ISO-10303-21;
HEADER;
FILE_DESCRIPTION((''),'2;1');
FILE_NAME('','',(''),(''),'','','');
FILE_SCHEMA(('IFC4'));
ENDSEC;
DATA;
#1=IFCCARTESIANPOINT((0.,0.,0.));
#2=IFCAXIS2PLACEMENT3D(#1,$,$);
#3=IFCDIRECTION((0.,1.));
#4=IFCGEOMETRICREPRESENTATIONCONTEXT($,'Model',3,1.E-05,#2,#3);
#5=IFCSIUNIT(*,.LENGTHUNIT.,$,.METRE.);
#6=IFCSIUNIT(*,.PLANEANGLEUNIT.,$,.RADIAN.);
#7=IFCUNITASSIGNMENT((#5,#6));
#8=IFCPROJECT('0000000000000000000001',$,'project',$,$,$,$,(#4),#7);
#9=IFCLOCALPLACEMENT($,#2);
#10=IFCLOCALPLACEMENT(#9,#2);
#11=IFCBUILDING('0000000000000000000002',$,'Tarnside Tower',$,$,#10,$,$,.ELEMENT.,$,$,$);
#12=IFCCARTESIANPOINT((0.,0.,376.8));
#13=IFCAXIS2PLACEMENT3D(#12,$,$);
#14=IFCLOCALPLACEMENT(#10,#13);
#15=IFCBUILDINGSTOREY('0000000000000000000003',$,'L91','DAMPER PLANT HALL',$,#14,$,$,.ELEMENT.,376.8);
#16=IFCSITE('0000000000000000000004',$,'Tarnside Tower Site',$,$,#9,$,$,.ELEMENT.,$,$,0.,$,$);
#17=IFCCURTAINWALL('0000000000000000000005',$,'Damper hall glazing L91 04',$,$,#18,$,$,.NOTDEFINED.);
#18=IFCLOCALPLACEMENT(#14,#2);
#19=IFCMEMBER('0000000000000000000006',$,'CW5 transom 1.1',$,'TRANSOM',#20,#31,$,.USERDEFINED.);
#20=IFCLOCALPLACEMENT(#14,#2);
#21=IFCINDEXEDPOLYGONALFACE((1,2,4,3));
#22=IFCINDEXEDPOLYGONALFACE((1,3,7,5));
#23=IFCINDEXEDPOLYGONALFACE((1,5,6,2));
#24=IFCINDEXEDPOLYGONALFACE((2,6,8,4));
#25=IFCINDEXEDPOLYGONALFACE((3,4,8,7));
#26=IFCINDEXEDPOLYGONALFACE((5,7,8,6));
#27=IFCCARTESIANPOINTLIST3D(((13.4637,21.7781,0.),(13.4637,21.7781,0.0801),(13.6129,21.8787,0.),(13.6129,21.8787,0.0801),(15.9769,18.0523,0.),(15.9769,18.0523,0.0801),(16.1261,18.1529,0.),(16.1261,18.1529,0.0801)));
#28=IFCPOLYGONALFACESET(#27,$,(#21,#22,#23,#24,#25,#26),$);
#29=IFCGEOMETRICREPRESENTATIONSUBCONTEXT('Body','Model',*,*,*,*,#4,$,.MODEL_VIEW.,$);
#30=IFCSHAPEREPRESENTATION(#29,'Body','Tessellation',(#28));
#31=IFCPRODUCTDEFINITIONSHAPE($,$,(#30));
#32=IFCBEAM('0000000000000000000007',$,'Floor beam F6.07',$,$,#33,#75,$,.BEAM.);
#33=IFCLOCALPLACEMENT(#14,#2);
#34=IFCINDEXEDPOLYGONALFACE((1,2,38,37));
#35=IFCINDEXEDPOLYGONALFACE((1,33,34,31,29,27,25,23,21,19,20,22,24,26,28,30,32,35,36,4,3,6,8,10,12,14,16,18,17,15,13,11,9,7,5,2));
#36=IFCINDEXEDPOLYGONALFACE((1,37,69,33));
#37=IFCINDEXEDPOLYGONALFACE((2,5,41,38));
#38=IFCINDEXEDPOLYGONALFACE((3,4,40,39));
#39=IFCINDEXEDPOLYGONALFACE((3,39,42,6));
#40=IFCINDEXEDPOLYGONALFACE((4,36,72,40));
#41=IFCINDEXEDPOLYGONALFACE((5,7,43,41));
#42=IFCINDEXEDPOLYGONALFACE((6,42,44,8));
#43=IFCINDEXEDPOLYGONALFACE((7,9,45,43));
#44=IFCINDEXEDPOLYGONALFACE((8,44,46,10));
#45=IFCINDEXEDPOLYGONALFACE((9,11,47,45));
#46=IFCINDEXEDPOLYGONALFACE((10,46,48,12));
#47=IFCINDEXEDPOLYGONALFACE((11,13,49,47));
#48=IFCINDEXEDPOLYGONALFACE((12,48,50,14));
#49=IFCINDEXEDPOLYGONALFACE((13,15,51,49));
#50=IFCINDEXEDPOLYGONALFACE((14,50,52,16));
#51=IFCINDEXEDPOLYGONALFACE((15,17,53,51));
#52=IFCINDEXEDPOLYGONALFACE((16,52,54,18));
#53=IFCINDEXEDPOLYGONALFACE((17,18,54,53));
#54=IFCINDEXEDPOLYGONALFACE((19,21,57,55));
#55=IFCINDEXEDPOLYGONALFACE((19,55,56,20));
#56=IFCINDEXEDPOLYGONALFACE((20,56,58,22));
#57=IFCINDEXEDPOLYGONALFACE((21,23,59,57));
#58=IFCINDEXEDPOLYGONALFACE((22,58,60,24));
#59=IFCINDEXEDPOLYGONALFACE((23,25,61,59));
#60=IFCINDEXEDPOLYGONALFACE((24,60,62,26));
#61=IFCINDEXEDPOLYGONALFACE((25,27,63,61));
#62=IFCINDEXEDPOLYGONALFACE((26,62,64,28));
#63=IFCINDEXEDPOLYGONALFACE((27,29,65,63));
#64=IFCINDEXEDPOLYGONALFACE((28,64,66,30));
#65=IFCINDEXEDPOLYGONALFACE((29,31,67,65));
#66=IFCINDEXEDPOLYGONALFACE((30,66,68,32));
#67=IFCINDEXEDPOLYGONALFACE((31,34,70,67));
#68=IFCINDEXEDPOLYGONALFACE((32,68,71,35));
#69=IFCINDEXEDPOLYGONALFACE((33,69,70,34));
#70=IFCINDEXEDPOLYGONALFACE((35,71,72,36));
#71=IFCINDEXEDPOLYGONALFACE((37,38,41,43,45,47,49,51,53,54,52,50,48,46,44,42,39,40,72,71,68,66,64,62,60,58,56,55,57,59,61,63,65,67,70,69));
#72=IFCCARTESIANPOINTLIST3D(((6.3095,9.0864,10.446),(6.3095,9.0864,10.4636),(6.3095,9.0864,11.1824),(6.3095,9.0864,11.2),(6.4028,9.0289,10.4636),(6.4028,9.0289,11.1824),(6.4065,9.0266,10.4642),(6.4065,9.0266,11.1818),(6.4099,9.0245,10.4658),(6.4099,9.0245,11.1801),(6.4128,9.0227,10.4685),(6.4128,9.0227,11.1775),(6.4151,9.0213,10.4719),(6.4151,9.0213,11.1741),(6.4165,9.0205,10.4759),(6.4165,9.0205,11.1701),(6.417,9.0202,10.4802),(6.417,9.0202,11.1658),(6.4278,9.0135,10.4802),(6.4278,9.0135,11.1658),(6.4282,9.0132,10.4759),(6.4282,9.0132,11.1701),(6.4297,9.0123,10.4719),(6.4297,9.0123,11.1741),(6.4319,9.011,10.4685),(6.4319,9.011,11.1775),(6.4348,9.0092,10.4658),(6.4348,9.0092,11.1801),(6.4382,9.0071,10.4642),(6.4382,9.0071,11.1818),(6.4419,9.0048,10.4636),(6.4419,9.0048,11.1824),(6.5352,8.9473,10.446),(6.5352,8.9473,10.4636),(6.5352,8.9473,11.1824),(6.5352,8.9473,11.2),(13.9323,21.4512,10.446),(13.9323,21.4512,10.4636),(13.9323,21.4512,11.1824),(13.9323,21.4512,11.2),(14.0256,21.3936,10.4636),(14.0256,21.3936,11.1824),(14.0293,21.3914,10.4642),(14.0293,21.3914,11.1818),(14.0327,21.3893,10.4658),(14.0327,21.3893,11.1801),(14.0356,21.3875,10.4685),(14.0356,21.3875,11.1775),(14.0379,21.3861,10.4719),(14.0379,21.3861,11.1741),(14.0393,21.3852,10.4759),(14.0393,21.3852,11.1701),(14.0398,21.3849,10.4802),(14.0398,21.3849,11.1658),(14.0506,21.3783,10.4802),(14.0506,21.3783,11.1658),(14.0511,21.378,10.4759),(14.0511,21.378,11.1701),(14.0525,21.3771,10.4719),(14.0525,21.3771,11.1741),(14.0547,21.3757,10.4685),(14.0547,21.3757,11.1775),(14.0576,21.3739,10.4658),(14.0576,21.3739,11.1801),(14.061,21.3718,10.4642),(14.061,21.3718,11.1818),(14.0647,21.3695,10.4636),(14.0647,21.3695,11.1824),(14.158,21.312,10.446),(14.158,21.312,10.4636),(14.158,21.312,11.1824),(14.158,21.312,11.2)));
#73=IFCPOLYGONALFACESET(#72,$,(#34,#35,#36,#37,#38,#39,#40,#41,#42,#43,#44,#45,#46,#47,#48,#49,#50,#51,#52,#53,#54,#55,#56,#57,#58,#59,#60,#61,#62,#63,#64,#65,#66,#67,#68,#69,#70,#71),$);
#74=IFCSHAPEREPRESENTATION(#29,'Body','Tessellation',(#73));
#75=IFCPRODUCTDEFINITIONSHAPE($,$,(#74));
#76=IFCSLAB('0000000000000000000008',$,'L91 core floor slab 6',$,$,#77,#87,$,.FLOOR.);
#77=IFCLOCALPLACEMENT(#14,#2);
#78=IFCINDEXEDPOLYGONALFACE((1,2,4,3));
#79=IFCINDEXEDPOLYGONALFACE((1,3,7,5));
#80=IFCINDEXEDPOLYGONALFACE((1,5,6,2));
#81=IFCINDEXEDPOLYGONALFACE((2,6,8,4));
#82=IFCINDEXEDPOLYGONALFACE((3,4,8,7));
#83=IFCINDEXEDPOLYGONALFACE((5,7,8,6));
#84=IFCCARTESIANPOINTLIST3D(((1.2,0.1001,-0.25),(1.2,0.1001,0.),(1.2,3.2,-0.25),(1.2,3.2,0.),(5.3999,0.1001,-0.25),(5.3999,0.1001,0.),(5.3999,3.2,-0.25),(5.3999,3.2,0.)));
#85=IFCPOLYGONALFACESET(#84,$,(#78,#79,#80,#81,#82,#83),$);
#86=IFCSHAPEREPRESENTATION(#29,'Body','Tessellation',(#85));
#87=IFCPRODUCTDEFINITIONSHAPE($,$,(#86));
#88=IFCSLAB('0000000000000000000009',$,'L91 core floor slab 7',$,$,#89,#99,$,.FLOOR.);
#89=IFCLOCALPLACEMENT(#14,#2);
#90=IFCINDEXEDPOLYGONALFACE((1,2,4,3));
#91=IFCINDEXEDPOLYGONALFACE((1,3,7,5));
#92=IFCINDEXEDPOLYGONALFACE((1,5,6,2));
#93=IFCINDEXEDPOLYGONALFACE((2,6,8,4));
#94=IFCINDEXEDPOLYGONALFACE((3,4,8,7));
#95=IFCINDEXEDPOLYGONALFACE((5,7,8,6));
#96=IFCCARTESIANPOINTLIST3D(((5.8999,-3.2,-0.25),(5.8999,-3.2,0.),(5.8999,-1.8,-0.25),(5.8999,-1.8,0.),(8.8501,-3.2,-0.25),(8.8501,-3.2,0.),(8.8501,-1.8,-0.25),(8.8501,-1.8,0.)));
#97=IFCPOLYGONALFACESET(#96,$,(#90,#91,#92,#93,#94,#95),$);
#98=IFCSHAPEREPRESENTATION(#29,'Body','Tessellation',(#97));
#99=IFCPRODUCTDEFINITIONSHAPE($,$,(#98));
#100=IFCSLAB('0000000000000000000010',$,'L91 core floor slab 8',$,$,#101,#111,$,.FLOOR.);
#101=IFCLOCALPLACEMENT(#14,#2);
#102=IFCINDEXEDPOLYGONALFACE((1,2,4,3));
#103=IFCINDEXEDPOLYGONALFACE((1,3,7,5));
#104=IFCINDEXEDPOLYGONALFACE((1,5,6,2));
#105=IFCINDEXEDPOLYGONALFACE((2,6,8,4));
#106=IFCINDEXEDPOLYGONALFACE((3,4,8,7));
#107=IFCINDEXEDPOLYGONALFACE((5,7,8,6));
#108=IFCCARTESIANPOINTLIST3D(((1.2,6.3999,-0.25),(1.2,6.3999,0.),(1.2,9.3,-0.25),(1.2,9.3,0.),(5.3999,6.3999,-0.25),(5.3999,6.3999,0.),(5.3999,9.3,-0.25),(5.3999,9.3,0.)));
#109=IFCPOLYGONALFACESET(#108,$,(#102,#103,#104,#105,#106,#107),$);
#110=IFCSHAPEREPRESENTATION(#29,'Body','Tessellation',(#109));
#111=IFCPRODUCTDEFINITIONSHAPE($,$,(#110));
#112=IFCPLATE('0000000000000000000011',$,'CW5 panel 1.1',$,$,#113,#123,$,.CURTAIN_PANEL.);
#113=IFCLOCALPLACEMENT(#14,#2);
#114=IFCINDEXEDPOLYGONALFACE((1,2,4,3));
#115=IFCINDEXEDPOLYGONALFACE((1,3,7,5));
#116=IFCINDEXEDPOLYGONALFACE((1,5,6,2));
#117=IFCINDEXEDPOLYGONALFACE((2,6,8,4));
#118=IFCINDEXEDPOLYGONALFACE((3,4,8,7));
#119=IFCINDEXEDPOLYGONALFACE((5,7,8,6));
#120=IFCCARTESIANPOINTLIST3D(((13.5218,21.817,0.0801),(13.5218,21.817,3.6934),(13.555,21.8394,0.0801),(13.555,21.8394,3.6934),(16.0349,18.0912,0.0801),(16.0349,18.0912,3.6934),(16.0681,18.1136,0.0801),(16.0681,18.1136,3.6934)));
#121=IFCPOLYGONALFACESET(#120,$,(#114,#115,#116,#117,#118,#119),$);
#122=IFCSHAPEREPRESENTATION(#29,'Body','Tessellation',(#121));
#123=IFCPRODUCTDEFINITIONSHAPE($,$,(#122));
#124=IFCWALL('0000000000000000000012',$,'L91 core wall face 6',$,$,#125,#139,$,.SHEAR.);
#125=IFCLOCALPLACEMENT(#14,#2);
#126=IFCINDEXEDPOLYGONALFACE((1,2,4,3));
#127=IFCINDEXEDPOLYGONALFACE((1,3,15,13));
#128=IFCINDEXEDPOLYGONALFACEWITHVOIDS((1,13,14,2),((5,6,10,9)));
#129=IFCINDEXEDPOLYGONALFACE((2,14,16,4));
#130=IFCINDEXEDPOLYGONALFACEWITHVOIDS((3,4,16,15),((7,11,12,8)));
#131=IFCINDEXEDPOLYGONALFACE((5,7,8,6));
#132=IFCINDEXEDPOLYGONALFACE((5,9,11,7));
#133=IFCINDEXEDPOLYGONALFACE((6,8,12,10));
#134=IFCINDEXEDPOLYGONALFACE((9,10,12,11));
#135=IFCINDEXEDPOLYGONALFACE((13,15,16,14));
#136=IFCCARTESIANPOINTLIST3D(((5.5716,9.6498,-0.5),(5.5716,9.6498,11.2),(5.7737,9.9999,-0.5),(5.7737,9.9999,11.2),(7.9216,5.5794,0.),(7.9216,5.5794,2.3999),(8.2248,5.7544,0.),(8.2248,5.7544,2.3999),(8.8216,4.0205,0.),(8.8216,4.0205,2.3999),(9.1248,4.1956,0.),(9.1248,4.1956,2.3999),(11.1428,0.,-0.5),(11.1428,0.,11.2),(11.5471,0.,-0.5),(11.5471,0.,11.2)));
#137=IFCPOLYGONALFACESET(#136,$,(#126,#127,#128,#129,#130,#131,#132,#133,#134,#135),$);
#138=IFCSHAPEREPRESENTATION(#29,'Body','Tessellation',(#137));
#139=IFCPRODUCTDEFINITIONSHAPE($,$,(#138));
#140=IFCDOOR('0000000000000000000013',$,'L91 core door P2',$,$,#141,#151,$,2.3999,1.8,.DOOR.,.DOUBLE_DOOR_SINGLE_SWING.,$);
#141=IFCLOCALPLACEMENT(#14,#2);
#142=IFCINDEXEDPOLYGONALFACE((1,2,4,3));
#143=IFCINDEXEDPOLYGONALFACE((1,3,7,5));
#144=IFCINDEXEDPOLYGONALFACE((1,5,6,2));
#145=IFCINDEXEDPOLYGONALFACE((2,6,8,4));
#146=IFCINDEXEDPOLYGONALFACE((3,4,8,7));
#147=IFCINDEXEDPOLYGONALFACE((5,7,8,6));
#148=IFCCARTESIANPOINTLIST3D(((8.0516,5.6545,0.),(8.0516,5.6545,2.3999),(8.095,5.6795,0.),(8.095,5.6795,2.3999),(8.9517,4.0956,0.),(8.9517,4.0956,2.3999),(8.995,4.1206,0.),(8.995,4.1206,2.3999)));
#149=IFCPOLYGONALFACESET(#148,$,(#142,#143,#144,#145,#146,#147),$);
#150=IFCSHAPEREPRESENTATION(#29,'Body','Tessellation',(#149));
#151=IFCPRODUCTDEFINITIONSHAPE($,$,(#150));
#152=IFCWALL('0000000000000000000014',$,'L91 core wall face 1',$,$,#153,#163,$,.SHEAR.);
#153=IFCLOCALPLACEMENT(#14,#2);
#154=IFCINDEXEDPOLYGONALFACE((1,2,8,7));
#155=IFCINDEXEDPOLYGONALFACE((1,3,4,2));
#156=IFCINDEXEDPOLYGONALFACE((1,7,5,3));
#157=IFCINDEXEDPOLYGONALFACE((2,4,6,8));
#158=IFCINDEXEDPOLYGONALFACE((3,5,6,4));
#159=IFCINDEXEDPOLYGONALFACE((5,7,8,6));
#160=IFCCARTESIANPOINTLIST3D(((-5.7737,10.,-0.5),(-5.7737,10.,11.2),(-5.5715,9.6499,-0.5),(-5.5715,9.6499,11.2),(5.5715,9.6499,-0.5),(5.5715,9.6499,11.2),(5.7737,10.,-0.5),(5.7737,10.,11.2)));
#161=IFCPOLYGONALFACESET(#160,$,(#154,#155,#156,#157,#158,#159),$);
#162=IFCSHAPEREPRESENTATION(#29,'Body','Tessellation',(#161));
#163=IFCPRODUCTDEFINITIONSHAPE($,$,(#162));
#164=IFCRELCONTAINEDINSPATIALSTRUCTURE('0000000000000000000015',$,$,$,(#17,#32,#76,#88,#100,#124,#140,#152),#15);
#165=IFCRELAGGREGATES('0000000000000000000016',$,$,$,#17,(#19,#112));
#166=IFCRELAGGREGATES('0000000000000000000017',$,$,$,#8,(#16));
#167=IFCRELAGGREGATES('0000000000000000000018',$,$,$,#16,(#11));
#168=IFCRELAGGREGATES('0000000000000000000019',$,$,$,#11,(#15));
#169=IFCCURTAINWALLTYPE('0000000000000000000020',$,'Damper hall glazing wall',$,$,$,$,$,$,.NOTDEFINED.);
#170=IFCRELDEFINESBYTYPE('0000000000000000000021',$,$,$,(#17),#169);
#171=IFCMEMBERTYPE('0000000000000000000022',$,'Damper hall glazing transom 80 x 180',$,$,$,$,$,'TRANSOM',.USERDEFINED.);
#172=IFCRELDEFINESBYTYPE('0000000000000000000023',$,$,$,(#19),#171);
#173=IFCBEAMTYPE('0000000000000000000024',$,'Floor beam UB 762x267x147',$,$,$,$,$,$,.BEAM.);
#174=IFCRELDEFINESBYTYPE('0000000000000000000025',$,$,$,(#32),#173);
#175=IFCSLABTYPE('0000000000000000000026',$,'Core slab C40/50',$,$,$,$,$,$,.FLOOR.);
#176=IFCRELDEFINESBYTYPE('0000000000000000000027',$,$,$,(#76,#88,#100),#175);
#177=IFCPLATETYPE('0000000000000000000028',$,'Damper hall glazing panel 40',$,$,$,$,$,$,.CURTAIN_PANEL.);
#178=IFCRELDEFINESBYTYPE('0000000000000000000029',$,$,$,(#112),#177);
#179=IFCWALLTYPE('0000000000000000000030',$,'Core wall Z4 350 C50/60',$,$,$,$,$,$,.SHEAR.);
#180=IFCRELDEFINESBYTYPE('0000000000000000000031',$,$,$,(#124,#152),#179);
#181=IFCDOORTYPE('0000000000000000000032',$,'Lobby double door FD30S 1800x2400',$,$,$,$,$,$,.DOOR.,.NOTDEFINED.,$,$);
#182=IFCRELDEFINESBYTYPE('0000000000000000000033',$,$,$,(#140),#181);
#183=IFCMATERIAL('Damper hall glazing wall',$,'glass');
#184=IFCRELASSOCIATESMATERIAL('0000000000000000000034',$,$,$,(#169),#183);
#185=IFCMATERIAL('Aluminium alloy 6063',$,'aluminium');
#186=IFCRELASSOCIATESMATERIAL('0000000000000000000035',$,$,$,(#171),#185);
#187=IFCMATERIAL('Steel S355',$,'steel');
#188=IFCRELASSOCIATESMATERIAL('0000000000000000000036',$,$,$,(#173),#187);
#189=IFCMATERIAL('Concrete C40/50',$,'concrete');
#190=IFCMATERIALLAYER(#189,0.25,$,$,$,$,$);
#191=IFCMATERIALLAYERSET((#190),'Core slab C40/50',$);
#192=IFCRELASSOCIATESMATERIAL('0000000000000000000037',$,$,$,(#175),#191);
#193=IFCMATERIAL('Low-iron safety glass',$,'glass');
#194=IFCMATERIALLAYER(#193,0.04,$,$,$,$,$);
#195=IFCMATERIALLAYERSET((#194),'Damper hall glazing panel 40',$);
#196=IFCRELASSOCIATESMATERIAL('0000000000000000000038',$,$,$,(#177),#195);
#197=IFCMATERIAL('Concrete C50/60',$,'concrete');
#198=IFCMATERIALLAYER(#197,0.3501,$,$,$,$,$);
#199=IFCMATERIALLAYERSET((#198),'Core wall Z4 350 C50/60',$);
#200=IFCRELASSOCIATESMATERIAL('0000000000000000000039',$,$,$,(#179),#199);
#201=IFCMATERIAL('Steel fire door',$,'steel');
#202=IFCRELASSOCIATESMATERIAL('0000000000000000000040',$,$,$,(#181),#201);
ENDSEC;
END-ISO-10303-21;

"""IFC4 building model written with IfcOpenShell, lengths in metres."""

from ifc_helpers import new_model, si_unit, direction, frame, frame_2d, origin, origin_2d, place, context, subcontext, project, spatial, polyline, rectangle, i_section, outline, extrude, material, layer, layer_set, material_profile, profile_set, type_object, element, fill, aggregate, save


model = new_model("IFC4")

# Units and contexts
model_context = context("Model", 3, precision=1e-05, world=origin(), true_north=direction((0.0, 1.0)))
body_context = subcontext(model_context, "Body", "Model", "MODEL_VIEW")
ifc_project = project(units=[si_unit("LENGTHUNIT", "METRE"), si_unit("PLANEANGLEUNIT", "RADIAN")], contexts=[model_context])

# Site, building, storey
site_placement = place(None, origin())
site = spatial("IfcSite", under=ifc_project, at=site_placement, Name="Tarnside Tower Site", CompositionType="ELEMENT", RefElevation=0.0)
building_placement = place(site_placement, origin())
building = spatial("IfcBuilding", under=site, at=building_placement, Name="Tarnside Tower", CompositionType="ELEMENT")
storey_placement = place(building_placement, frame((0.0, 0.0, 376.8)))
storey = spatial("IfcBuildingStorey", under=building, at=storey_placement, Name="L91", Description="DAMPER PLANT HALL", CompositionType="ELEMENT", Elevation=376.8)

# Curtain wall, member
ifc_material_1 = material(Name="Damper hall glazing wall", Category="glass")
curtain_wall_type = type_object("IfcCurtainWallType", Name="Damper hall glazing wall", PredefinedType="NOTDEFINED", material=ifc_material_1)
curtain_wall_placement = place(storey_placement, origin())
curtain_wall = element("IfcCurtainWall", 1, at=curtain_wall_placement, inside=storey, type_object=curtain_wall_type, Name="Damper hall glazing L91 04", PredefinedType="NOTDEFINED")
ifc_material_2 = material(Name="Aluminium alloy 6063", Category="aluminium")
ifc_material_profile_1 = material_profile(ifc_material_2, rectangle(XDim=0.1799, YDim=0.0801, at=origin_2d()), Name="Damper hall glazing transom 80 x 180")
ifc_profile_set_1 = profile_set([ifc_material_profile_1], Name="Aluminium alloy 6063")
member_type = type_object("IfcMemberType", Name="Damper hall glazing transom 80 x 180", ElementType="TRANSOM", PredefinedType="USERDEFINED", material=ifc_profile_set_1)
member_placement = place(storey_placement, frame((13.5383, 21.8284, 0.04), z_axis=(0.559205, -0.829029, 0.0), x_axis=(0.829029, 0.559205, 0.0)))
member = element("IfcMember", 2, at=member_placement, type_object=member_type, Name="CW5 transom 1.1", ObjectType="TRANSOM", PredefinedType="USERDEFINED", context=body_context, shape_type="SweptSolid", body=[
    extrude(rectangle(XDim=0.1799, YDim=0.0801, at=origin_2d()), origin(), (0.0, 0.0, 1.0), 4.4941),
])

# Beam
ifc_material_3 = material(Name="Steel S355", Category="steel")
ifc_material_profile_2 = material_profile(ifc_material_3, i_section(OverallWidth=0.2651, OverallDepth=0.7539, WebThickness=0.0127, FlangeThickness=0.0176, FilletRadius=0.0166, at=origin_2d()), Name="UB 762x267x147")
ifc_profile_set_2 = profile_set([ifc_material_profile_2], Name="Steel S355")
beam_type = type_object("IfcBeamType", Name="Floor beam UB 762x267x147", PredefinedType="BEAM", material=ifc_profile_set_2)
beam_placement = place(storey_placement, frame((14.0452, 21.3816, 10.823), z_axis=(-0.524783, -0.851236, 0.0), x_axis=(0.851236, -0.524783, 0.0)))
element("IfcBeam", 3, at=beam_placement, inside=storey, type_object=beam_type, Name="Floor beam F6.07", PredefinedType="BEAM", context=body_context, shape_type="SweptSolid", body=[
    extrude(i_section(OverallWidth=0.2651, OverallDepth=0.7539, WebThickness=0.0127, FlangeThickness=0.0176, FilletRadius=0.0166, at=origin_2d()), origin(), (0.0, 0.0, 1.0), 14.5256),
])

# Slabs
ifc_material_4 = material(Name="Concrete C40/50", Category="concrete")
ifc_layer_1 = layer(ifc_material_4, 0.25)
ifc_layer_set_1 = layer_set([ifc_layer_1], Name="Core slab C40/50")
slab_type = type_object("IfcSlabType", Name="Core slab C40/50", PredefinedType="FLOOR", material=ifc_layer_set_1)
slab_1_placement = place(storey_placement, frame((0.0, 0.0, -0.25)))
element("IfcSlab", 4, at=slab_1_placement, inside=storey, type_object=slab_type, Name="L91 core floor slab 6", PredefinedType="FLOOR", context=body_context, shape_type="SweptSolid", body=[
    extrude(outline(polyline([(1.2, 3.2), (5.3999, 3.2), (5.3999, 0.1001), (1.2, 0.1001), (1.2, 3.2)])), origin(), (0.0, 0.0, 1.0), 0.25),
])
slab_2_placement = place(storey_placement, frame((0.0, 0.0, -0.25)))
element("IfcSlab", 5, at=slab_2_placement, inside=storey, type_object=slab_type, Name="L91 core floor slab 7", PredefinedType="FLOOR", context=body_context, shape_type="SweptSolid", body=[
    extrude(outline(polyline([(5.8999, -1.8), (8.8501, -1.8), (8.8501, -3.2), (5.8999, -3.2), (5.8999, -1.8)])), origin(), (0.0, 0.0, 1.0), 0.25),
])
slab_3_placement = place(storey_placement, frame((0.0, 0.0, -0.25)))
element("IfcSlab", 6, at=slab_3_placement, inside=storey, type_object=slab_type, Name="L91 core floor slab 8", PredefinedType="FLOOR", context=body_context, shape_type="SweptSolid", body=[
    extrude(outline(polyline([(5.3999, 6.3999), (1.2, 6.3999), (1.2, 9.3), (5.3999, 9.3), (5.3999, 6.3999)])), origin(), (0.0, 0.0, 1.0), 0.25),
])

# Plate
ifc_material_5 = material(Name="Low-iron safety glass", Category="glass")
ifc_layer_2 = layer(ifc_material_5, 0.04)
ifc_layer_set_2 = layer_set([ifc_layer_2], Name="Damper hall glazing panel 40")
plate_type = type_object("IfcPlateType", Name="Damper hall glazing panel 40", PredefinedType="CURTAIN_PANEL", material=ifc_layer_set_2)
plate_placement = place(storey_placement, frame((14.7949, 19.9653, 0.0801), z_axis=(0.0, 0.0, 1.0), x_axis=(0.559193, -0.829038, 0.0)))
plate = element("IfcPlate", 7, at=plate_placement, type_object=plate_type, Name="CW5 panel 1.1", PredefinedType="CURTAIN_PANEL", context=body_context, shape_type="SweptSolid", body=[
    extrude(rectangle(XDim=4.4941, YDim=0.04, at=origin_2d()), origin(), (0.0, 0.0, 1.0), 3.6133),
])
aggregate(curtain_wall, [member, plate])

# Wall, opening, door
ifc_material_6 = material(Name="Concrete C50/60", Category="concrete")
ifc_layer_3 = layer(ifc_material_6, 0.3501)
ifc_layer_set_3 = layer_set([ifc_layer_3], Name="Core wall Z4 350 C50/60")
wall_type_1 = type_object("IfcWallType", Name="Core wall Z4 350 C50/60", PredefinedType="SHEAR", material=ifc_layer_set_3)
wall_1_placement = place(storey_placement, frame((11.345, 0.0, -0.5), z_axis=(0.0, 0.0, 1.0), x_axis=(-0.499995, 0.866028, 0.0)))
wall_1 = element("IfcWall", 8, at=wall_1_placement, inside=storey, type_object=wall_type_1, Name="L91 core wall face 6", PredefinedType="SHEAR", context=body_context, shape_type="SweptSolid", body=[
    extrude(outline(polyline([(-0.1011, -0.175), (11.4458, -0.175), (11.2437, 0.175), (0.1011, 0.175), (-0.1011, -0.175)])), origin(), (0.0, 0.0, 1.0), 11.7),
])
opening_1_placement = place(wall_1_placement, frame((4.7437, 0.0, 0.5)))
opening_1 = element("IfcOpeningElement", 9, at=opening_1_placement, cuts=wall_1, PredefinedType="OPENING", context=body_context, shape_type="SweptSolid", body=[
    extrude(rectangle(XDim=1.8, YDim=2.3999, at=frame_2d((0.8999, 1.2))), frame((0.0, 0.1851, 0.0), z_axis=(0.0, -1.0, 0.0), x_axis=(1.0, 0.0, 0.0)), (0.0, 0.0, 1.0), 0.3701),
])
ifc_material_7 = material(Name="Steel fire door", Category="steel")
door_type_1 = type_object("IfcDoorType", Name="Lobby double door FD30S 1800x2400", OperationType="NOTDEFINED", PredefinedType="DOOR", material=ifc_material_7)
door_1_placement = place(opening_1_placement, origin())
door_1 = element("IfcDoor", 10, at=door_1_placement, inside=storey, type_object=door_type_1, Name="L91 core door P2", OperationType="DOUBLE_DOOR_SINGLE_SWING", OverallHeight=2.3999, OverallWidth=1.8, PredefinedType="DOOR", context=body_context, shape_type="SweptSolid", body=[
    extrude(rectangle(XDim=1.8, YDim=2.3999, at=frame_2d((0.8999, 1.2))), frame((0.0, 0.0249, 0.0), z_axis=(0.0, -1.0, 0.0), x_axis=(1.0, 0.0, 0.0)), (0.0, 0.0, 1.0), 0.05),
])
fill(opening_1, door_1)

# Wall
wall_2_placement = place(storey_placement, frame((5.6726, 9.825, -0.5), z_axis=(0.0, 0.0, 1.0), x_axis=(-1.0, 0.0, 0.0)))
element("IfcWall", 11, at=wall_2_placement, inside=storey, type_object=wall_type_1, Name="L91 core wall face 1", PredefinedType="SHEAR", context=body_context, shape_type="SweptSolid", body=[
    extrude(outline(polyline([(-0.1011, -0.175), (11.4463, -0.175), (11.2441, 0.175), (0.1011, 0.175), (-0.1011, -0.175)])), origin(), (0.0, 0.0, 1.0), 11.7),
])

save(model, "model.ifc")
